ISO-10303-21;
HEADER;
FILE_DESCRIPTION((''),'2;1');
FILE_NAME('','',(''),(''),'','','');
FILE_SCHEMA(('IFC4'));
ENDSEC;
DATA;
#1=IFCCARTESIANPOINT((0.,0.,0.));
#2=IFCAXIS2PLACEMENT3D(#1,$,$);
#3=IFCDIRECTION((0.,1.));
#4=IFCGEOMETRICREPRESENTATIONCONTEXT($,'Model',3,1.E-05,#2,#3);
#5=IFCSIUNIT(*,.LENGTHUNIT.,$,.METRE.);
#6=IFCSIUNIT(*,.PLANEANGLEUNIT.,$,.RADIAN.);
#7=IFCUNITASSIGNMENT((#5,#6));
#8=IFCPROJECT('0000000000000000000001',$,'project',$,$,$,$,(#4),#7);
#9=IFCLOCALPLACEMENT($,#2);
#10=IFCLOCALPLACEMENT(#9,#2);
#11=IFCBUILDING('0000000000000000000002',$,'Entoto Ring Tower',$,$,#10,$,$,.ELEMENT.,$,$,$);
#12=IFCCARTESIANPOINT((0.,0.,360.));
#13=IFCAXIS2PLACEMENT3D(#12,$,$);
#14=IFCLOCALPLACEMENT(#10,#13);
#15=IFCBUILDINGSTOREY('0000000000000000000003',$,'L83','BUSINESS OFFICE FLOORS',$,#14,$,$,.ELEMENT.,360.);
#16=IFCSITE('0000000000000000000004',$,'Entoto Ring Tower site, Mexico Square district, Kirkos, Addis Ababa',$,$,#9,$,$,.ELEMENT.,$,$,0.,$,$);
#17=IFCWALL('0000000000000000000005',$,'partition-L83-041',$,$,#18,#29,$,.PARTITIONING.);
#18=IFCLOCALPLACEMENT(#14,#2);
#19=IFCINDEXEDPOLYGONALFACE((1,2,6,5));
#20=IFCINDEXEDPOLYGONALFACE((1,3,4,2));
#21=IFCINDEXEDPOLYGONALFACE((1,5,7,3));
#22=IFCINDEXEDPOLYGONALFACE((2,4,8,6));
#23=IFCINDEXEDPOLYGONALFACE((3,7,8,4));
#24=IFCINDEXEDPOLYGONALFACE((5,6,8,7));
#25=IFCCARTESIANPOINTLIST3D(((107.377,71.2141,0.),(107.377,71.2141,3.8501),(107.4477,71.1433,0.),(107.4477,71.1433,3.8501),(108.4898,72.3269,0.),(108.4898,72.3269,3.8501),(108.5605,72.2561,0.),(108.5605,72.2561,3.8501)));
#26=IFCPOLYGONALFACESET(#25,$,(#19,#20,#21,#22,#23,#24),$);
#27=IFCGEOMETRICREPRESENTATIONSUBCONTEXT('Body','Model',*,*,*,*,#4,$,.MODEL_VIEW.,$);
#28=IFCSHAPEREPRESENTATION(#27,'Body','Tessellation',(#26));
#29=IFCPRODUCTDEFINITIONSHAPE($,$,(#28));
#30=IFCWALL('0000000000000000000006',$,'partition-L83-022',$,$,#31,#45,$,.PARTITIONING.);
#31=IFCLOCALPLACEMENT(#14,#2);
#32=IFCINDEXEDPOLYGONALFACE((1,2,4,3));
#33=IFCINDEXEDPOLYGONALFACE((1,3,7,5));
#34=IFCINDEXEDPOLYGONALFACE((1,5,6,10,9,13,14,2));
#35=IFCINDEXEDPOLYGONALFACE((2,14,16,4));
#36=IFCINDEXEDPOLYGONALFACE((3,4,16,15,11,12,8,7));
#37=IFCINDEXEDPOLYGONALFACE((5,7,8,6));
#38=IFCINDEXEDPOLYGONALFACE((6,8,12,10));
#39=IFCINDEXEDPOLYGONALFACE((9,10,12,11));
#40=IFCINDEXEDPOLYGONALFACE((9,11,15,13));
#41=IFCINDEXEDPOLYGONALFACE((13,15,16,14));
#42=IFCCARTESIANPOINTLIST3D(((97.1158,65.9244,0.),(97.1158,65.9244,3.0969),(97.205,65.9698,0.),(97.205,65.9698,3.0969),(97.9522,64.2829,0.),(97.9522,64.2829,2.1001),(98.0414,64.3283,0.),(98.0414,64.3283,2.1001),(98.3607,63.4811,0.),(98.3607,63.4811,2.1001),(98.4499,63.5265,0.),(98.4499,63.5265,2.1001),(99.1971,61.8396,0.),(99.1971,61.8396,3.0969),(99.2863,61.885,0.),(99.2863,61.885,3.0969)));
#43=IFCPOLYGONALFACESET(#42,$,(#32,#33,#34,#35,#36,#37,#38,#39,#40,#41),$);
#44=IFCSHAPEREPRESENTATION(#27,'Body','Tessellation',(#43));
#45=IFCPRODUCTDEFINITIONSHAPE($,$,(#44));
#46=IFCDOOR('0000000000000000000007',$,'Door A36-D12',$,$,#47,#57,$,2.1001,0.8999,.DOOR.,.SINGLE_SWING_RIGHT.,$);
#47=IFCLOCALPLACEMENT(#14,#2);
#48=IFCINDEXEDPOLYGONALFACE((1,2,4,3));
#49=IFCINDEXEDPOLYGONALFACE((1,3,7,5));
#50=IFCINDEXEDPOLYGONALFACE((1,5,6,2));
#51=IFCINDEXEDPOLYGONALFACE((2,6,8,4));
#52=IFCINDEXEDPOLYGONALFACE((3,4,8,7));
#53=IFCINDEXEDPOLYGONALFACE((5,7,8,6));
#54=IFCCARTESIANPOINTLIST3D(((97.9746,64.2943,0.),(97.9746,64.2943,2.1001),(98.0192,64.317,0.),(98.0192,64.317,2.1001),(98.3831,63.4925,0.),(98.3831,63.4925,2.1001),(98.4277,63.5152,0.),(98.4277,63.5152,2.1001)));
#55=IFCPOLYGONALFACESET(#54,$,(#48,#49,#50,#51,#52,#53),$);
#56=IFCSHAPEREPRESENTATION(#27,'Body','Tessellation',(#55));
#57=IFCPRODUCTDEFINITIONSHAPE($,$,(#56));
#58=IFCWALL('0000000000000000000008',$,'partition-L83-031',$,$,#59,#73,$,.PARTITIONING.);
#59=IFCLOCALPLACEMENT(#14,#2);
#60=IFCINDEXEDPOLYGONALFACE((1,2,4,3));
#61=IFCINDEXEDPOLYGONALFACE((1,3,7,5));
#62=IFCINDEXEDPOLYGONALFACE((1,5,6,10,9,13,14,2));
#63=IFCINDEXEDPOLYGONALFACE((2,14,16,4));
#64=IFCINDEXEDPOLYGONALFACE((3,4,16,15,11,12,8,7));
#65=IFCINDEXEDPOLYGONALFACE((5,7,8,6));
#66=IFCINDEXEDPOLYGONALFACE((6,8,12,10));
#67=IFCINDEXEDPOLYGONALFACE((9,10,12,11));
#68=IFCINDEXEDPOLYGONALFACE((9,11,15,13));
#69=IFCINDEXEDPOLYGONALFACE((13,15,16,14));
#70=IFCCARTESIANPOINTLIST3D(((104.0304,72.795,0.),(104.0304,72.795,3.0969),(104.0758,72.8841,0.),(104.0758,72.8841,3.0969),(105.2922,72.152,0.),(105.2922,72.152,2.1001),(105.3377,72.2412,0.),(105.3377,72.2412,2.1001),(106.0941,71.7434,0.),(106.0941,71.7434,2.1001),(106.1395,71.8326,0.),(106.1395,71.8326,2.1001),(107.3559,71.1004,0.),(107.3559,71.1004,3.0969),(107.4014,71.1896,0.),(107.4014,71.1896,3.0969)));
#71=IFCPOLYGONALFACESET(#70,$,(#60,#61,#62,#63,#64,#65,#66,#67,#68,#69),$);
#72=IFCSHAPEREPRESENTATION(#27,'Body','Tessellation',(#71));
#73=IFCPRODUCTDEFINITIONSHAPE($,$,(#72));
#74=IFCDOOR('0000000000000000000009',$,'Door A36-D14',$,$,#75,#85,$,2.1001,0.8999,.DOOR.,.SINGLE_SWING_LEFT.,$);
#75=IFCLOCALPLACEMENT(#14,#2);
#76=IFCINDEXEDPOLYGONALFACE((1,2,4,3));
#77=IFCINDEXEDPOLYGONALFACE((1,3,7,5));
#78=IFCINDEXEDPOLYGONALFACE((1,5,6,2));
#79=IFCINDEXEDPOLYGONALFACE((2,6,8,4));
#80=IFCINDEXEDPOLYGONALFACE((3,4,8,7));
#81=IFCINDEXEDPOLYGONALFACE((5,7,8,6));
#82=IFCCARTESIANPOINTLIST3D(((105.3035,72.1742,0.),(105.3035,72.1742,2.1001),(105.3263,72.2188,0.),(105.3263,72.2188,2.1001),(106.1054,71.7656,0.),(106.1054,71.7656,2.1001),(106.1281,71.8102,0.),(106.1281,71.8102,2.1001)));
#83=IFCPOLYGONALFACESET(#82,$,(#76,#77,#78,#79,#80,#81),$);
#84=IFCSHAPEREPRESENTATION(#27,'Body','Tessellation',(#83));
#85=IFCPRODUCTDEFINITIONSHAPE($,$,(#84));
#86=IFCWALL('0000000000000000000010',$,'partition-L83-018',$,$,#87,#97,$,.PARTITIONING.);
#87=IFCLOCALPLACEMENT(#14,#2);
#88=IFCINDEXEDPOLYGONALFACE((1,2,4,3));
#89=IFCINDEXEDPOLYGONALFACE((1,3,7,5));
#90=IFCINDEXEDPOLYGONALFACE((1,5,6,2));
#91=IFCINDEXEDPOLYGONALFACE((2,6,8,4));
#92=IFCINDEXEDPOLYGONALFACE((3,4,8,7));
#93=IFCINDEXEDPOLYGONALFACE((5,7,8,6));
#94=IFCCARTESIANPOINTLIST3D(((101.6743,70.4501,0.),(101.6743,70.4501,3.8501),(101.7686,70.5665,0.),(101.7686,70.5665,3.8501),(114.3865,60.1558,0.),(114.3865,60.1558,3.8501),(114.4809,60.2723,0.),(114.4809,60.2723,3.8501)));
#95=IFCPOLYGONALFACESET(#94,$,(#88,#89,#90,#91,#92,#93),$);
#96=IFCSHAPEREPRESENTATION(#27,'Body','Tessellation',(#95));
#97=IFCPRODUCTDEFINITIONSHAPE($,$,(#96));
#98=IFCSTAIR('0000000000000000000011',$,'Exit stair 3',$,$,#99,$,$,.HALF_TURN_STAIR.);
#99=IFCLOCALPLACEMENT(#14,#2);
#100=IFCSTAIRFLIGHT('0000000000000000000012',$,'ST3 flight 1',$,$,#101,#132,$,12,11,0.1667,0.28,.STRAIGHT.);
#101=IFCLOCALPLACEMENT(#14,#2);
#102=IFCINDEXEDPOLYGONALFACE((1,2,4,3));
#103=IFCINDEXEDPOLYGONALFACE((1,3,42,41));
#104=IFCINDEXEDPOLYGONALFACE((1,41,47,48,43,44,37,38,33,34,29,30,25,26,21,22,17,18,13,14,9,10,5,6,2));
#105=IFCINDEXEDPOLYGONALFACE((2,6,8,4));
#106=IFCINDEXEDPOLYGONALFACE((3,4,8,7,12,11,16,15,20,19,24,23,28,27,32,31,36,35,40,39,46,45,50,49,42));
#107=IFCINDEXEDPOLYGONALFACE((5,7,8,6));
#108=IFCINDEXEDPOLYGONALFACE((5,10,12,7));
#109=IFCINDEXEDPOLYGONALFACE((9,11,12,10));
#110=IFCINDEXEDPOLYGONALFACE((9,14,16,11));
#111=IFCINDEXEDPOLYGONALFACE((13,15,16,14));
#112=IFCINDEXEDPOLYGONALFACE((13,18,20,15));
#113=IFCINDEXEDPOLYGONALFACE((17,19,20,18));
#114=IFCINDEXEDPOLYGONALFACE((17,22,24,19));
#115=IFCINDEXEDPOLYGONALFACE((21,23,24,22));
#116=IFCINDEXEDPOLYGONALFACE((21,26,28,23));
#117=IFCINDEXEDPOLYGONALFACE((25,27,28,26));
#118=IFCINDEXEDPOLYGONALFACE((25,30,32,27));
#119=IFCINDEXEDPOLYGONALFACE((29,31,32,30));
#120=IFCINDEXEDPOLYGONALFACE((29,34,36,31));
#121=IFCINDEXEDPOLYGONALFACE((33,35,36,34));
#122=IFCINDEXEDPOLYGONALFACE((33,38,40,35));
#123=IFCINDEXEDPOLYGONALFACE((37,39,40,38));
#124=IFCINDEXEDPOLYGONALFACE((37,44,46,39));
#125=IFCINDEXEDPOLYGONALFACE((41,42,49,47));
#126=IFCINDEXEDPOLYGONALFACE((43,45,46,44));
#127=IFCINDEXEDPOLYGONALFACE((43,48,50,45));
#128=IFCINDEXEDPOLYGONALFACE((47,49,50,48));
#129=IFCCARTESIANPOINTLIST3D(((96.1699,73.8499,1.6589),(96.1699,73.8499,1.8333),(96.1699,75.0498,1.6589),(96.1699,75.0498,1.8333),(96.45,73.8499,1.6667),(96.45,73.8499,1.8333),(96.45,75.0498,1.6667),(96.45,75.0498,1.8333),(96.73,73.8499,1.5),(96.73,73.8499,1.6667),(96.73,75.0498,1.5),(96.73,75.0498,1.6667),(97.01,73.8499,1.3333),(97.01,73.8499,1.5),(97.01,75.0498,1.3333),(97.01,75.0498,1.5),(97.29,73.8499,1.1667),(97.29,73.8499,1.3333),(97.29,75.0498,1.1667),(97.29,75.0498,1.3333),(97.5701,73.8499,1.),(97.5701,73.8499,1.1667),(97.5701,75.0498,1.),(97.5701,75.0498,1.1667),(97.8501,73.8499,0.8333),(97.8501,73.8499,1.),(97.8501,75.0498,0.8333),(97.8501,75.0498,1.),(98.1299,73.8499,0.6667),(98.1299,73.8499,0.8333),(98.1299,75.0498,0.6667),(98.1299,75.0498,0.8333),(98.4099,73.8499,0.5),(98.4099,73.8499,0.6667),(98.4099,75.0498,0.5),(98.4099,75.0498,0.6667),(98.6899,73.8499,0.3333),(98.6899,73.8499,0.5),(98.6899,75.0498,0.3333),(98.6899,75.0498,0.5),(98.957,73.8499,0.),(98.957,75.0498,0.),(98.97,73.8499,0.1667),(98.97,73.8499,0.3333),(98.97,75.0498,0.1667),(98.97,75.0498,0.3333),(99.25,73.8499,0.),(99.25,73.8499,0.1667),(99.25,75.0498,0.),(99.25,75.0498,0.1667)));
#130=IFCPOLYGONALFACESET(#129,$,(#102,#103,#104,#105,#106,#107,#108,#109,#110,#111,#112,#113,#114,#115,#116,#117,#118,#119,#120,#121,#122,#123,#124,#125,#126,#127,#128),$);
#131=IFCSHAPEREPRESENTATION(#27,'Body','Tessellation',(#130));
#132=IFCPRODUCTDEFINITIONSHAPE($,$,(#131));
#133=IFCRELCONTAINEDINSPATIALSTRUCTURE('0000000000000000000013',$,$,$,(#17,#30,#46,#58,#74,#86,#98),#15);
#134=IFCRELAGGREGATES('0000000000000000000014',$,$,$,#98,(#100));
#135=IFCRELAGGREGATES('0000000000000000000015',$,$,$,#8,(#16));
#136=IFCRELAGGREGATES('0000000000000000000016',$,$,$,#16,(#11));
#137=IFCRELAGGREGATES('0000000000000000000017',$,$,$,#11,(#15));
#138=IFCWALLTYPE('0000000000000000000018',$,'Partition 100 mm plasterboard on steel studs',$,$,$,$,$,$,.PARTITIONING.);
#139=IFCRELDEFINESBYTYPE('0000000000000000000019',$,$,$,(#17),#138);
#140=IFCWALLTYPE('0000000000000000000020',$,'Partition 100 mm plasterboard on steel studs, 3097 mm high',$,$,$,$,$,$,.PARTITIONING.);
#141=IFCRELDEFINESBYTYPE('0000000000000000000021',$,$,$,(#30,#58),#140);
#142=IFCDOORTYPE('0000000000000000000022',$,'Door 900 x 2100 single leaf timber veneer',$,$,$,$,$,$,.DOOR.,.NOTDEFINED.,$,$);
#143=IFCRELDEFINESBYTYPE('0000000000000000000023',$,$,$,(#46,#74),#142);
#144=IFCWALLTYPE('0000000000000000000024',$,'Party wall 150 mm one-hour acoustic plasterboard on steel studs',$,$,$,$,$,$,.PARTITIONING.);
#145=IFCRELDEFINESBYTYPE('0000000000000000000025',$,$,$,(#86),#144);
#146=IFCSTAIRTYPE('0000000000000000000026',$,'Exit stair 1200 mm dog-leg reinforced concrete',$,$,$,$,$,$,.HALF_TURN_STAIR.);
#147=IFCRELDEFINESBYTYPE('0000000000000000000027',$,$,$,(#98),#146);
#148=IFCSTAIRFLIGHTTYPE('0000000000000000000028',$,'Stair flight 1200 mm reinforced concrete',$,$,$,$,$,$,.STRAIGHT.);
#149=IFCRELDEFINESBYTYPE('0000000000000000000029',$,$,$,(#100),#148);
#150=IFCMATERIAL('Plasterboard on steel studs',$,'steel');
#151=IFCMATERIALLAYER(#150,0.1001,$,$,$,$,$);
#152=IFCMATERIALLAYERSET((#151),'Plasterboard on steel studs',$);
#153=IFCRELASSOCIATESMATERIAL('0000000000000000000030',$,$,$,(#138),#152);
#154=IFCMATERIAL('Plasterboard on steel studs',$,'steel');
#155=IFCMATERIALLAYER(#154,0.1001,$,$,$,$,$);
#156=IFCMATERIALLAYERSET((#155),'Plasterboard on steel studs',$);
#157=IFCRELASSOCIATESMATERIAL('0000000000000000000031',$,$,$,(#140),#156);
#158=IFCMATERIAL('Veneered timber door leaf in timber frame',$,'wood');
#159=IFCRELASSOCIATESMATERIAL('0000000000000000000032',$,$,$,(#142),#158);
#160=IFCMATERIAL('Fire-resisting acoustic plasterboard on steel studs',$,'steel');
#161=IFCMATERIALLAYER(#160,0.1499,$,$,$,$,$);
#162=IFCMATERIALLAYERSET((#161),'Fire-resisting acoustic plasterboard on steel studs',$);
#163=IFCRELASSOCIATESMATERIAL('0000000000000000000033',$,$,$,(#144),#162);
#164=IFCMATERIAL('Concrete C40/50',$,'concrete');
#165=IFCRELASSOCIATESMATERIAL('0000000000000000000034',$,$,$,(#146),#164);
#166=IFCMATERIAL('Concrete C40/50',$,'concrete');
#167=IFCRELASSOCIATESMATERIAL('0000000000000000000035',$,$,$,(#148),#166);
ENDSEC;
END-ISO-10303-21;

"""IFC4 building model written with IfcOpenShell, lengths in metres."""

from ifc_helpers import new_model, si_unit, direction, frame, frame_2d, origin, place, context, subcontext, project, spatial, polyline, rectangle, outline, extrude, material, layer, layer_set, type_object, element, fill, aggregate, save


model = new_model("IFC4")

# Units and contexts
model_context = context("Model", 3, precision=1e-05, world=origin(), true_north=direction((0.0, 1.0)))
body_context = subcontext(model_context, "Body", "Model", "MODEL_VIEW")
ifc_project = project(units=[si_unit("LENGTHUNIT", "METRE"), si_unit("PLANEANGLEUNIT", "RADIAN")], contexts=[model_context])

# Site, building, storey
site_placement = place(None, origin())
site = spatial("IfcSite", under=ifc_project, at=site_placement, Name="Entoto Ring Tower site, Mexico Square district, Kirkos, Addis Ababa", CompositionType="ELEMENT", RefElevation=0.0)
building_placement = place(site_placement, origin())
building = spatial("IfcBuilding", under=site, at=building_placement, Name="Entoto Ring Tower", CompositionType="ELEMENT")
storey_placement = place(building_placement, frame((0.0, 0.0, 360.0)))
storey = spatial("IfcBuildingStorey", under=building, at=storey_placement, Name="L83", Description="BUSINESS OFFICE FLOORS", CompositionType="ELEMENT", Elevation=360.0)

# Wall
ifc_material_1 = material(Name="Plasterboard on steel studs", Category="steel")
ifc_layer_1 = layer(ifc_material_1, 0.1001)
ifc_layer_set_1 = layer_set([ifc_layer_1], Name="Plasterboard on steel studs")
wall_type_1 = type_object("IfcWallType", Name="Partition 100 mm plasterboard on steel studs", PredefinedType="PARTITIONING", material=ifc_layer_set_1)
wall_1_placement = place(storey_placement, frame((107.4124, 71.1787, 0.0), z_axis=(0.0, 0.0, 1.0), x_axis=(0.707107, 0.707107, 0.0)))
element("IfcWall", 1, at=wall_1_placement, inside=storey, type_object=wall_type_1, Name="partition-L83-041", PredefinedType="PARTITIONING", context=body_context, shape_type="SweptSolid", body=[
    extrude(rectangle(XDim=1.5737, YDim=0.1001, at=frame_2d((0.7869, 0.0))), origin(), (0.0, 0.0, 1.0), 3.8501),
])

# Walls, openings, doors
ifc_material_2 = material(Name="Plasterboard on steel studs", Category="steel")
ifc_layer_2 = layer(ifc_material_2, 0.1001)
ifc_layer_set_2 = layer_set([ifc_layer_2], Name="Plasterboard on steel studs")
wall_type_2 = type_object("IfcWallType", Name="Partition 100 mm plasterboard on steel studs, 3097 mm high", PredefinedType="PARTITIONING", material=ifc_layer_set_2)
wall_2_placement = place(storey_placement, frame((99.2417, 61.8623, 0.0), z_axis=(0.0, 0.0, 1.0), x_axis=(-0.453996, 0.891004, 0.0)))
wall_2 = element("IfcWall", 2, at=wall_2_placement, inside=storey, type_object=wall_type_2, Name="partition-L83-022", PredefinedType="PARTITIONING", context=body_context, shape_type="SweptSolid", body=[
    extrude(rectangle(XDim=4.5845, YDim=0.1001, at=frame_2d((2.2922, 0.0))), origin(), (0.0, 0.0, 1.0), 3.0969),
])
opening_1_placement = place(wall_2_placement, frame((1.8423, 0.0, 0.0)))
opening_1 = element("IfcOpeningElement", 3, at=opening_1_placement, cuts=wall_2, PredefinedType="OPENING", context=body_context, shape_type="SweptSolid", body=[
    extrude(rectangle(XDim=0.8999, YDim=2.1001, at=frame_2d((0.45, 1.05))), frame((0.0, 0.0601, 0.0), z_axis=(0.0, -1.0, 0.0), x_axis=(1.0, 0.0, 0.0)), (0.0, 0.0, 1.0), 0.1201),
])
ifc_material_3 = material(Name="Veneered timber door leaf in timber frame", Category="wood")
door_type_1 = type_object("IfcDoorType", Name="Door 900 x 2100 single leaf timber veneer", OperationType="NOTDEFINED", PredefinedType="DOOR", material=ifc_material_3)
door_1_placement = place(opening_1_placement, origin())
door_1 = element("IfcDoor", 4, at=door_1_placement, inside=storey, type_object=door_type_1, Name="Door A36-D12", OperationType="SINGLE_SWING_RIGHT", OverallHeight=2.1001, OverallWidth=0.8999, PredefinedType="DOOR", context=body_context, shape_type="SweptSolid", body=[
    extrude(rectangle(XDim=0.8999, YDim=2.1001, at=frame_2d((0.45, 1.05))), frame((0.0, 0.0249, 0.0), z_axis=(0.0, -1.0, 0.0), x_axis=(1.0, 0.0, 0.0)), (0.0, 0.0, 1.0), 0.05),
])
fill(opening_1, door_1)
wall_3_placement = place(storey_placement, frame((107.3787, 71.145, 0.0), z_axis=(0.0, 0.0, 1.0), x_axis=(-0.891, 0.454003, 0.0)))
wall_3 = element("IfcWall", 5, at=wall_3_placement, inside=storey, type_object=wall_type_2, Name="partition-L83-031", PredefinedType="PARTITIONING", context=body_context, shape_type="SweptSolid", body=[
    extrude(rectangle(XDim=3.7324, YDim=0.1001, at=frame_2d((1.8662, 0.0))), origin(), (0.0, 0.0, 1.0), 3.0969),
])
opening_2_placement = place(wall_3_placement, frame((1.4163, 0.0, 0.0)))
opening_2 = element("IfcOpeningElement", 6, at=opening_2_placement, cuts=wall_3, PredefinedType="OPENING", context=body_context, shape_type="SweptSolid", body=[
    extrude(rectangle(XDim=0.8999, YDim=2.1001, at=frame_2d((0.45, 1.05))), frame((0.0, 0.0601, 0.0), z_axis=(0.0, -1.0, 0.0), x_axis=(1.0, 0.0, 0.0)), (0.0, 0.0, 1.0), 0.1201),
])
door_2_placement = place(opening_2_placement, frame((0.8999, 0.0, 0.0), z_axis=(0.0, 0.0, 1.0), x_axis=(-1.0, 0.0, 0.0)))
door_2 = element("IfcDoor", 7, at=door_2_placement, inside=storey, type_object=door_type_1, Name="Door A36-D14", OperationType="SINGLE_SWING_LEFT", OverallHeight=2.1001, OverallWidth=0.8999, PredefinedType="DOOR", context=body_context, shape_type="SweptSolid", body=[
    extrude(rectangle(XDim=0.8999, YDim=2.1001, at=frame_2d((0.45, 1.05))), frame((0.0, 0.0249, 0.0), z_axis=(0.0, -1.0, 0.0), x_axis=(1.0, 0.0, 0.0)), (0.0, 0.0, 1.0), 0.05),
])
fill(opening_2, door_2)

# Wall
ifc_material_4 = material(Name="Fire-resisting acoustic plasterboard on steel studs", Category="steel")
ifc_layer_3 = layer(ifc_material_4, 0.1499)
ifc_layer_set_3 = layer_set([ifc_layer_3], Name="Fire-resisting acoustic plasterboard on steel studs")
wall_type_3 = type_object("IfcWallType", Name="Party wall 150 mm one-hour acoustic plasterboard on steel studs", PredefinedType="PARTITIONING", material=ifc_layer_set_3)
wall_4_placement = place(storey_placement, frame((114.4336, 60.2141, 0.0), z_axis=(0.0, 0.0, 1.0), x_axis=(-0.777143, 0.629324, 0.0)))
element("IfcWall", 8, at=wall_4_placement, inside=storey, type_object=wall_type_3, Name="partition-L83-018", PredefinedType="PARTITIONING", context=body_context, shape_type="SweptSolid", body=[
    extrude(rectangle(XDim=16.3577, YDim=0.1499, at=frame_2d((8.1787, 0.0))), origin(), (0.0, 0.0, 1.0), 3.8501),
])

# Stair, stair flight
ifc_material_5 = material(Name="Concrete C40/50", Category="concrete")
stair_type = type_object("IfcStairType", Name="Exit stair 1200 mm dog-leg reinforced concrete", PredefinedType="HALF_TURN_STAIR", material=ifc_material_5)
stair_placement = place(storey_placement, origin())
stair = element("IfcStair", 9, at=stair_placement, inside=storey, type_object=stair_type, Name="Exit stair 3", PredefinedType="HALF_TURN_STAIR")
ifc_material_6 = material(Name="Concrete C40/50", Category="concrete")
stair_flight_type = type_object("IfcStairFlightType", Name="Stair flight 1200 mm reinforced concrete", PredefinedType="STRAIGHT", material=ifc_material_6)
stair_flight_placement = place(storey_placement, frame((99.25, 74.45, 0.0), z_axis=(0.0, 0.0, 1.0), x_axis=(-1.0, 0.0, 0.0)))
stair_flight = element("IfcStairFlight", 10, at=stair_flight_placement, type_object=stair_flight_type, Name="ST3 flight 1", NumberOfRisers=12, NumberOfTreads=11, PredefinedType="STRAIGHT", RiserHeight=0.1667, TreadLength=0.28, context=body_context, shape_type="SweptSolid", body=[
    extrude(outline(polyline([(0.0, 0.0), (0.0, 0.1667), (0.28, 0.1667), (0.28, 0.3333), (0.5601, 0.3333), (0.5601, 0.5), (0.8401, 0.5), (0.8401, 0.6667), (1.1201, 0.6667), (1.1201, 0.8333), (1.3999, 0.8333), (1.3999, 1.0), (1.6799, 1.0), (1.6799, 1.1667), (1.96, 1.1667), (1.96, 1.3333), (2.24, 1.3333), (2.24, 1.5), (2.52, 1.5), (2.52, 1.6667), (2.8, 1.6667), (2.8, 1.8333), (3.0801, 1.8333), (3.0801, 2.0), (3.0801, 1.6589), (0.293, 0.0), (0.0, 0.0)])), frame((0.0, 0.6001, 0.0), z_axis=(0.0, -1.0, 0.0), x_axis=(1.0, 0.0, 0.0)), (0.0, 0.0, 1.0), 1.2),
])
aggregate(stair, [stair_flight])

save(model, "model.ifc")
